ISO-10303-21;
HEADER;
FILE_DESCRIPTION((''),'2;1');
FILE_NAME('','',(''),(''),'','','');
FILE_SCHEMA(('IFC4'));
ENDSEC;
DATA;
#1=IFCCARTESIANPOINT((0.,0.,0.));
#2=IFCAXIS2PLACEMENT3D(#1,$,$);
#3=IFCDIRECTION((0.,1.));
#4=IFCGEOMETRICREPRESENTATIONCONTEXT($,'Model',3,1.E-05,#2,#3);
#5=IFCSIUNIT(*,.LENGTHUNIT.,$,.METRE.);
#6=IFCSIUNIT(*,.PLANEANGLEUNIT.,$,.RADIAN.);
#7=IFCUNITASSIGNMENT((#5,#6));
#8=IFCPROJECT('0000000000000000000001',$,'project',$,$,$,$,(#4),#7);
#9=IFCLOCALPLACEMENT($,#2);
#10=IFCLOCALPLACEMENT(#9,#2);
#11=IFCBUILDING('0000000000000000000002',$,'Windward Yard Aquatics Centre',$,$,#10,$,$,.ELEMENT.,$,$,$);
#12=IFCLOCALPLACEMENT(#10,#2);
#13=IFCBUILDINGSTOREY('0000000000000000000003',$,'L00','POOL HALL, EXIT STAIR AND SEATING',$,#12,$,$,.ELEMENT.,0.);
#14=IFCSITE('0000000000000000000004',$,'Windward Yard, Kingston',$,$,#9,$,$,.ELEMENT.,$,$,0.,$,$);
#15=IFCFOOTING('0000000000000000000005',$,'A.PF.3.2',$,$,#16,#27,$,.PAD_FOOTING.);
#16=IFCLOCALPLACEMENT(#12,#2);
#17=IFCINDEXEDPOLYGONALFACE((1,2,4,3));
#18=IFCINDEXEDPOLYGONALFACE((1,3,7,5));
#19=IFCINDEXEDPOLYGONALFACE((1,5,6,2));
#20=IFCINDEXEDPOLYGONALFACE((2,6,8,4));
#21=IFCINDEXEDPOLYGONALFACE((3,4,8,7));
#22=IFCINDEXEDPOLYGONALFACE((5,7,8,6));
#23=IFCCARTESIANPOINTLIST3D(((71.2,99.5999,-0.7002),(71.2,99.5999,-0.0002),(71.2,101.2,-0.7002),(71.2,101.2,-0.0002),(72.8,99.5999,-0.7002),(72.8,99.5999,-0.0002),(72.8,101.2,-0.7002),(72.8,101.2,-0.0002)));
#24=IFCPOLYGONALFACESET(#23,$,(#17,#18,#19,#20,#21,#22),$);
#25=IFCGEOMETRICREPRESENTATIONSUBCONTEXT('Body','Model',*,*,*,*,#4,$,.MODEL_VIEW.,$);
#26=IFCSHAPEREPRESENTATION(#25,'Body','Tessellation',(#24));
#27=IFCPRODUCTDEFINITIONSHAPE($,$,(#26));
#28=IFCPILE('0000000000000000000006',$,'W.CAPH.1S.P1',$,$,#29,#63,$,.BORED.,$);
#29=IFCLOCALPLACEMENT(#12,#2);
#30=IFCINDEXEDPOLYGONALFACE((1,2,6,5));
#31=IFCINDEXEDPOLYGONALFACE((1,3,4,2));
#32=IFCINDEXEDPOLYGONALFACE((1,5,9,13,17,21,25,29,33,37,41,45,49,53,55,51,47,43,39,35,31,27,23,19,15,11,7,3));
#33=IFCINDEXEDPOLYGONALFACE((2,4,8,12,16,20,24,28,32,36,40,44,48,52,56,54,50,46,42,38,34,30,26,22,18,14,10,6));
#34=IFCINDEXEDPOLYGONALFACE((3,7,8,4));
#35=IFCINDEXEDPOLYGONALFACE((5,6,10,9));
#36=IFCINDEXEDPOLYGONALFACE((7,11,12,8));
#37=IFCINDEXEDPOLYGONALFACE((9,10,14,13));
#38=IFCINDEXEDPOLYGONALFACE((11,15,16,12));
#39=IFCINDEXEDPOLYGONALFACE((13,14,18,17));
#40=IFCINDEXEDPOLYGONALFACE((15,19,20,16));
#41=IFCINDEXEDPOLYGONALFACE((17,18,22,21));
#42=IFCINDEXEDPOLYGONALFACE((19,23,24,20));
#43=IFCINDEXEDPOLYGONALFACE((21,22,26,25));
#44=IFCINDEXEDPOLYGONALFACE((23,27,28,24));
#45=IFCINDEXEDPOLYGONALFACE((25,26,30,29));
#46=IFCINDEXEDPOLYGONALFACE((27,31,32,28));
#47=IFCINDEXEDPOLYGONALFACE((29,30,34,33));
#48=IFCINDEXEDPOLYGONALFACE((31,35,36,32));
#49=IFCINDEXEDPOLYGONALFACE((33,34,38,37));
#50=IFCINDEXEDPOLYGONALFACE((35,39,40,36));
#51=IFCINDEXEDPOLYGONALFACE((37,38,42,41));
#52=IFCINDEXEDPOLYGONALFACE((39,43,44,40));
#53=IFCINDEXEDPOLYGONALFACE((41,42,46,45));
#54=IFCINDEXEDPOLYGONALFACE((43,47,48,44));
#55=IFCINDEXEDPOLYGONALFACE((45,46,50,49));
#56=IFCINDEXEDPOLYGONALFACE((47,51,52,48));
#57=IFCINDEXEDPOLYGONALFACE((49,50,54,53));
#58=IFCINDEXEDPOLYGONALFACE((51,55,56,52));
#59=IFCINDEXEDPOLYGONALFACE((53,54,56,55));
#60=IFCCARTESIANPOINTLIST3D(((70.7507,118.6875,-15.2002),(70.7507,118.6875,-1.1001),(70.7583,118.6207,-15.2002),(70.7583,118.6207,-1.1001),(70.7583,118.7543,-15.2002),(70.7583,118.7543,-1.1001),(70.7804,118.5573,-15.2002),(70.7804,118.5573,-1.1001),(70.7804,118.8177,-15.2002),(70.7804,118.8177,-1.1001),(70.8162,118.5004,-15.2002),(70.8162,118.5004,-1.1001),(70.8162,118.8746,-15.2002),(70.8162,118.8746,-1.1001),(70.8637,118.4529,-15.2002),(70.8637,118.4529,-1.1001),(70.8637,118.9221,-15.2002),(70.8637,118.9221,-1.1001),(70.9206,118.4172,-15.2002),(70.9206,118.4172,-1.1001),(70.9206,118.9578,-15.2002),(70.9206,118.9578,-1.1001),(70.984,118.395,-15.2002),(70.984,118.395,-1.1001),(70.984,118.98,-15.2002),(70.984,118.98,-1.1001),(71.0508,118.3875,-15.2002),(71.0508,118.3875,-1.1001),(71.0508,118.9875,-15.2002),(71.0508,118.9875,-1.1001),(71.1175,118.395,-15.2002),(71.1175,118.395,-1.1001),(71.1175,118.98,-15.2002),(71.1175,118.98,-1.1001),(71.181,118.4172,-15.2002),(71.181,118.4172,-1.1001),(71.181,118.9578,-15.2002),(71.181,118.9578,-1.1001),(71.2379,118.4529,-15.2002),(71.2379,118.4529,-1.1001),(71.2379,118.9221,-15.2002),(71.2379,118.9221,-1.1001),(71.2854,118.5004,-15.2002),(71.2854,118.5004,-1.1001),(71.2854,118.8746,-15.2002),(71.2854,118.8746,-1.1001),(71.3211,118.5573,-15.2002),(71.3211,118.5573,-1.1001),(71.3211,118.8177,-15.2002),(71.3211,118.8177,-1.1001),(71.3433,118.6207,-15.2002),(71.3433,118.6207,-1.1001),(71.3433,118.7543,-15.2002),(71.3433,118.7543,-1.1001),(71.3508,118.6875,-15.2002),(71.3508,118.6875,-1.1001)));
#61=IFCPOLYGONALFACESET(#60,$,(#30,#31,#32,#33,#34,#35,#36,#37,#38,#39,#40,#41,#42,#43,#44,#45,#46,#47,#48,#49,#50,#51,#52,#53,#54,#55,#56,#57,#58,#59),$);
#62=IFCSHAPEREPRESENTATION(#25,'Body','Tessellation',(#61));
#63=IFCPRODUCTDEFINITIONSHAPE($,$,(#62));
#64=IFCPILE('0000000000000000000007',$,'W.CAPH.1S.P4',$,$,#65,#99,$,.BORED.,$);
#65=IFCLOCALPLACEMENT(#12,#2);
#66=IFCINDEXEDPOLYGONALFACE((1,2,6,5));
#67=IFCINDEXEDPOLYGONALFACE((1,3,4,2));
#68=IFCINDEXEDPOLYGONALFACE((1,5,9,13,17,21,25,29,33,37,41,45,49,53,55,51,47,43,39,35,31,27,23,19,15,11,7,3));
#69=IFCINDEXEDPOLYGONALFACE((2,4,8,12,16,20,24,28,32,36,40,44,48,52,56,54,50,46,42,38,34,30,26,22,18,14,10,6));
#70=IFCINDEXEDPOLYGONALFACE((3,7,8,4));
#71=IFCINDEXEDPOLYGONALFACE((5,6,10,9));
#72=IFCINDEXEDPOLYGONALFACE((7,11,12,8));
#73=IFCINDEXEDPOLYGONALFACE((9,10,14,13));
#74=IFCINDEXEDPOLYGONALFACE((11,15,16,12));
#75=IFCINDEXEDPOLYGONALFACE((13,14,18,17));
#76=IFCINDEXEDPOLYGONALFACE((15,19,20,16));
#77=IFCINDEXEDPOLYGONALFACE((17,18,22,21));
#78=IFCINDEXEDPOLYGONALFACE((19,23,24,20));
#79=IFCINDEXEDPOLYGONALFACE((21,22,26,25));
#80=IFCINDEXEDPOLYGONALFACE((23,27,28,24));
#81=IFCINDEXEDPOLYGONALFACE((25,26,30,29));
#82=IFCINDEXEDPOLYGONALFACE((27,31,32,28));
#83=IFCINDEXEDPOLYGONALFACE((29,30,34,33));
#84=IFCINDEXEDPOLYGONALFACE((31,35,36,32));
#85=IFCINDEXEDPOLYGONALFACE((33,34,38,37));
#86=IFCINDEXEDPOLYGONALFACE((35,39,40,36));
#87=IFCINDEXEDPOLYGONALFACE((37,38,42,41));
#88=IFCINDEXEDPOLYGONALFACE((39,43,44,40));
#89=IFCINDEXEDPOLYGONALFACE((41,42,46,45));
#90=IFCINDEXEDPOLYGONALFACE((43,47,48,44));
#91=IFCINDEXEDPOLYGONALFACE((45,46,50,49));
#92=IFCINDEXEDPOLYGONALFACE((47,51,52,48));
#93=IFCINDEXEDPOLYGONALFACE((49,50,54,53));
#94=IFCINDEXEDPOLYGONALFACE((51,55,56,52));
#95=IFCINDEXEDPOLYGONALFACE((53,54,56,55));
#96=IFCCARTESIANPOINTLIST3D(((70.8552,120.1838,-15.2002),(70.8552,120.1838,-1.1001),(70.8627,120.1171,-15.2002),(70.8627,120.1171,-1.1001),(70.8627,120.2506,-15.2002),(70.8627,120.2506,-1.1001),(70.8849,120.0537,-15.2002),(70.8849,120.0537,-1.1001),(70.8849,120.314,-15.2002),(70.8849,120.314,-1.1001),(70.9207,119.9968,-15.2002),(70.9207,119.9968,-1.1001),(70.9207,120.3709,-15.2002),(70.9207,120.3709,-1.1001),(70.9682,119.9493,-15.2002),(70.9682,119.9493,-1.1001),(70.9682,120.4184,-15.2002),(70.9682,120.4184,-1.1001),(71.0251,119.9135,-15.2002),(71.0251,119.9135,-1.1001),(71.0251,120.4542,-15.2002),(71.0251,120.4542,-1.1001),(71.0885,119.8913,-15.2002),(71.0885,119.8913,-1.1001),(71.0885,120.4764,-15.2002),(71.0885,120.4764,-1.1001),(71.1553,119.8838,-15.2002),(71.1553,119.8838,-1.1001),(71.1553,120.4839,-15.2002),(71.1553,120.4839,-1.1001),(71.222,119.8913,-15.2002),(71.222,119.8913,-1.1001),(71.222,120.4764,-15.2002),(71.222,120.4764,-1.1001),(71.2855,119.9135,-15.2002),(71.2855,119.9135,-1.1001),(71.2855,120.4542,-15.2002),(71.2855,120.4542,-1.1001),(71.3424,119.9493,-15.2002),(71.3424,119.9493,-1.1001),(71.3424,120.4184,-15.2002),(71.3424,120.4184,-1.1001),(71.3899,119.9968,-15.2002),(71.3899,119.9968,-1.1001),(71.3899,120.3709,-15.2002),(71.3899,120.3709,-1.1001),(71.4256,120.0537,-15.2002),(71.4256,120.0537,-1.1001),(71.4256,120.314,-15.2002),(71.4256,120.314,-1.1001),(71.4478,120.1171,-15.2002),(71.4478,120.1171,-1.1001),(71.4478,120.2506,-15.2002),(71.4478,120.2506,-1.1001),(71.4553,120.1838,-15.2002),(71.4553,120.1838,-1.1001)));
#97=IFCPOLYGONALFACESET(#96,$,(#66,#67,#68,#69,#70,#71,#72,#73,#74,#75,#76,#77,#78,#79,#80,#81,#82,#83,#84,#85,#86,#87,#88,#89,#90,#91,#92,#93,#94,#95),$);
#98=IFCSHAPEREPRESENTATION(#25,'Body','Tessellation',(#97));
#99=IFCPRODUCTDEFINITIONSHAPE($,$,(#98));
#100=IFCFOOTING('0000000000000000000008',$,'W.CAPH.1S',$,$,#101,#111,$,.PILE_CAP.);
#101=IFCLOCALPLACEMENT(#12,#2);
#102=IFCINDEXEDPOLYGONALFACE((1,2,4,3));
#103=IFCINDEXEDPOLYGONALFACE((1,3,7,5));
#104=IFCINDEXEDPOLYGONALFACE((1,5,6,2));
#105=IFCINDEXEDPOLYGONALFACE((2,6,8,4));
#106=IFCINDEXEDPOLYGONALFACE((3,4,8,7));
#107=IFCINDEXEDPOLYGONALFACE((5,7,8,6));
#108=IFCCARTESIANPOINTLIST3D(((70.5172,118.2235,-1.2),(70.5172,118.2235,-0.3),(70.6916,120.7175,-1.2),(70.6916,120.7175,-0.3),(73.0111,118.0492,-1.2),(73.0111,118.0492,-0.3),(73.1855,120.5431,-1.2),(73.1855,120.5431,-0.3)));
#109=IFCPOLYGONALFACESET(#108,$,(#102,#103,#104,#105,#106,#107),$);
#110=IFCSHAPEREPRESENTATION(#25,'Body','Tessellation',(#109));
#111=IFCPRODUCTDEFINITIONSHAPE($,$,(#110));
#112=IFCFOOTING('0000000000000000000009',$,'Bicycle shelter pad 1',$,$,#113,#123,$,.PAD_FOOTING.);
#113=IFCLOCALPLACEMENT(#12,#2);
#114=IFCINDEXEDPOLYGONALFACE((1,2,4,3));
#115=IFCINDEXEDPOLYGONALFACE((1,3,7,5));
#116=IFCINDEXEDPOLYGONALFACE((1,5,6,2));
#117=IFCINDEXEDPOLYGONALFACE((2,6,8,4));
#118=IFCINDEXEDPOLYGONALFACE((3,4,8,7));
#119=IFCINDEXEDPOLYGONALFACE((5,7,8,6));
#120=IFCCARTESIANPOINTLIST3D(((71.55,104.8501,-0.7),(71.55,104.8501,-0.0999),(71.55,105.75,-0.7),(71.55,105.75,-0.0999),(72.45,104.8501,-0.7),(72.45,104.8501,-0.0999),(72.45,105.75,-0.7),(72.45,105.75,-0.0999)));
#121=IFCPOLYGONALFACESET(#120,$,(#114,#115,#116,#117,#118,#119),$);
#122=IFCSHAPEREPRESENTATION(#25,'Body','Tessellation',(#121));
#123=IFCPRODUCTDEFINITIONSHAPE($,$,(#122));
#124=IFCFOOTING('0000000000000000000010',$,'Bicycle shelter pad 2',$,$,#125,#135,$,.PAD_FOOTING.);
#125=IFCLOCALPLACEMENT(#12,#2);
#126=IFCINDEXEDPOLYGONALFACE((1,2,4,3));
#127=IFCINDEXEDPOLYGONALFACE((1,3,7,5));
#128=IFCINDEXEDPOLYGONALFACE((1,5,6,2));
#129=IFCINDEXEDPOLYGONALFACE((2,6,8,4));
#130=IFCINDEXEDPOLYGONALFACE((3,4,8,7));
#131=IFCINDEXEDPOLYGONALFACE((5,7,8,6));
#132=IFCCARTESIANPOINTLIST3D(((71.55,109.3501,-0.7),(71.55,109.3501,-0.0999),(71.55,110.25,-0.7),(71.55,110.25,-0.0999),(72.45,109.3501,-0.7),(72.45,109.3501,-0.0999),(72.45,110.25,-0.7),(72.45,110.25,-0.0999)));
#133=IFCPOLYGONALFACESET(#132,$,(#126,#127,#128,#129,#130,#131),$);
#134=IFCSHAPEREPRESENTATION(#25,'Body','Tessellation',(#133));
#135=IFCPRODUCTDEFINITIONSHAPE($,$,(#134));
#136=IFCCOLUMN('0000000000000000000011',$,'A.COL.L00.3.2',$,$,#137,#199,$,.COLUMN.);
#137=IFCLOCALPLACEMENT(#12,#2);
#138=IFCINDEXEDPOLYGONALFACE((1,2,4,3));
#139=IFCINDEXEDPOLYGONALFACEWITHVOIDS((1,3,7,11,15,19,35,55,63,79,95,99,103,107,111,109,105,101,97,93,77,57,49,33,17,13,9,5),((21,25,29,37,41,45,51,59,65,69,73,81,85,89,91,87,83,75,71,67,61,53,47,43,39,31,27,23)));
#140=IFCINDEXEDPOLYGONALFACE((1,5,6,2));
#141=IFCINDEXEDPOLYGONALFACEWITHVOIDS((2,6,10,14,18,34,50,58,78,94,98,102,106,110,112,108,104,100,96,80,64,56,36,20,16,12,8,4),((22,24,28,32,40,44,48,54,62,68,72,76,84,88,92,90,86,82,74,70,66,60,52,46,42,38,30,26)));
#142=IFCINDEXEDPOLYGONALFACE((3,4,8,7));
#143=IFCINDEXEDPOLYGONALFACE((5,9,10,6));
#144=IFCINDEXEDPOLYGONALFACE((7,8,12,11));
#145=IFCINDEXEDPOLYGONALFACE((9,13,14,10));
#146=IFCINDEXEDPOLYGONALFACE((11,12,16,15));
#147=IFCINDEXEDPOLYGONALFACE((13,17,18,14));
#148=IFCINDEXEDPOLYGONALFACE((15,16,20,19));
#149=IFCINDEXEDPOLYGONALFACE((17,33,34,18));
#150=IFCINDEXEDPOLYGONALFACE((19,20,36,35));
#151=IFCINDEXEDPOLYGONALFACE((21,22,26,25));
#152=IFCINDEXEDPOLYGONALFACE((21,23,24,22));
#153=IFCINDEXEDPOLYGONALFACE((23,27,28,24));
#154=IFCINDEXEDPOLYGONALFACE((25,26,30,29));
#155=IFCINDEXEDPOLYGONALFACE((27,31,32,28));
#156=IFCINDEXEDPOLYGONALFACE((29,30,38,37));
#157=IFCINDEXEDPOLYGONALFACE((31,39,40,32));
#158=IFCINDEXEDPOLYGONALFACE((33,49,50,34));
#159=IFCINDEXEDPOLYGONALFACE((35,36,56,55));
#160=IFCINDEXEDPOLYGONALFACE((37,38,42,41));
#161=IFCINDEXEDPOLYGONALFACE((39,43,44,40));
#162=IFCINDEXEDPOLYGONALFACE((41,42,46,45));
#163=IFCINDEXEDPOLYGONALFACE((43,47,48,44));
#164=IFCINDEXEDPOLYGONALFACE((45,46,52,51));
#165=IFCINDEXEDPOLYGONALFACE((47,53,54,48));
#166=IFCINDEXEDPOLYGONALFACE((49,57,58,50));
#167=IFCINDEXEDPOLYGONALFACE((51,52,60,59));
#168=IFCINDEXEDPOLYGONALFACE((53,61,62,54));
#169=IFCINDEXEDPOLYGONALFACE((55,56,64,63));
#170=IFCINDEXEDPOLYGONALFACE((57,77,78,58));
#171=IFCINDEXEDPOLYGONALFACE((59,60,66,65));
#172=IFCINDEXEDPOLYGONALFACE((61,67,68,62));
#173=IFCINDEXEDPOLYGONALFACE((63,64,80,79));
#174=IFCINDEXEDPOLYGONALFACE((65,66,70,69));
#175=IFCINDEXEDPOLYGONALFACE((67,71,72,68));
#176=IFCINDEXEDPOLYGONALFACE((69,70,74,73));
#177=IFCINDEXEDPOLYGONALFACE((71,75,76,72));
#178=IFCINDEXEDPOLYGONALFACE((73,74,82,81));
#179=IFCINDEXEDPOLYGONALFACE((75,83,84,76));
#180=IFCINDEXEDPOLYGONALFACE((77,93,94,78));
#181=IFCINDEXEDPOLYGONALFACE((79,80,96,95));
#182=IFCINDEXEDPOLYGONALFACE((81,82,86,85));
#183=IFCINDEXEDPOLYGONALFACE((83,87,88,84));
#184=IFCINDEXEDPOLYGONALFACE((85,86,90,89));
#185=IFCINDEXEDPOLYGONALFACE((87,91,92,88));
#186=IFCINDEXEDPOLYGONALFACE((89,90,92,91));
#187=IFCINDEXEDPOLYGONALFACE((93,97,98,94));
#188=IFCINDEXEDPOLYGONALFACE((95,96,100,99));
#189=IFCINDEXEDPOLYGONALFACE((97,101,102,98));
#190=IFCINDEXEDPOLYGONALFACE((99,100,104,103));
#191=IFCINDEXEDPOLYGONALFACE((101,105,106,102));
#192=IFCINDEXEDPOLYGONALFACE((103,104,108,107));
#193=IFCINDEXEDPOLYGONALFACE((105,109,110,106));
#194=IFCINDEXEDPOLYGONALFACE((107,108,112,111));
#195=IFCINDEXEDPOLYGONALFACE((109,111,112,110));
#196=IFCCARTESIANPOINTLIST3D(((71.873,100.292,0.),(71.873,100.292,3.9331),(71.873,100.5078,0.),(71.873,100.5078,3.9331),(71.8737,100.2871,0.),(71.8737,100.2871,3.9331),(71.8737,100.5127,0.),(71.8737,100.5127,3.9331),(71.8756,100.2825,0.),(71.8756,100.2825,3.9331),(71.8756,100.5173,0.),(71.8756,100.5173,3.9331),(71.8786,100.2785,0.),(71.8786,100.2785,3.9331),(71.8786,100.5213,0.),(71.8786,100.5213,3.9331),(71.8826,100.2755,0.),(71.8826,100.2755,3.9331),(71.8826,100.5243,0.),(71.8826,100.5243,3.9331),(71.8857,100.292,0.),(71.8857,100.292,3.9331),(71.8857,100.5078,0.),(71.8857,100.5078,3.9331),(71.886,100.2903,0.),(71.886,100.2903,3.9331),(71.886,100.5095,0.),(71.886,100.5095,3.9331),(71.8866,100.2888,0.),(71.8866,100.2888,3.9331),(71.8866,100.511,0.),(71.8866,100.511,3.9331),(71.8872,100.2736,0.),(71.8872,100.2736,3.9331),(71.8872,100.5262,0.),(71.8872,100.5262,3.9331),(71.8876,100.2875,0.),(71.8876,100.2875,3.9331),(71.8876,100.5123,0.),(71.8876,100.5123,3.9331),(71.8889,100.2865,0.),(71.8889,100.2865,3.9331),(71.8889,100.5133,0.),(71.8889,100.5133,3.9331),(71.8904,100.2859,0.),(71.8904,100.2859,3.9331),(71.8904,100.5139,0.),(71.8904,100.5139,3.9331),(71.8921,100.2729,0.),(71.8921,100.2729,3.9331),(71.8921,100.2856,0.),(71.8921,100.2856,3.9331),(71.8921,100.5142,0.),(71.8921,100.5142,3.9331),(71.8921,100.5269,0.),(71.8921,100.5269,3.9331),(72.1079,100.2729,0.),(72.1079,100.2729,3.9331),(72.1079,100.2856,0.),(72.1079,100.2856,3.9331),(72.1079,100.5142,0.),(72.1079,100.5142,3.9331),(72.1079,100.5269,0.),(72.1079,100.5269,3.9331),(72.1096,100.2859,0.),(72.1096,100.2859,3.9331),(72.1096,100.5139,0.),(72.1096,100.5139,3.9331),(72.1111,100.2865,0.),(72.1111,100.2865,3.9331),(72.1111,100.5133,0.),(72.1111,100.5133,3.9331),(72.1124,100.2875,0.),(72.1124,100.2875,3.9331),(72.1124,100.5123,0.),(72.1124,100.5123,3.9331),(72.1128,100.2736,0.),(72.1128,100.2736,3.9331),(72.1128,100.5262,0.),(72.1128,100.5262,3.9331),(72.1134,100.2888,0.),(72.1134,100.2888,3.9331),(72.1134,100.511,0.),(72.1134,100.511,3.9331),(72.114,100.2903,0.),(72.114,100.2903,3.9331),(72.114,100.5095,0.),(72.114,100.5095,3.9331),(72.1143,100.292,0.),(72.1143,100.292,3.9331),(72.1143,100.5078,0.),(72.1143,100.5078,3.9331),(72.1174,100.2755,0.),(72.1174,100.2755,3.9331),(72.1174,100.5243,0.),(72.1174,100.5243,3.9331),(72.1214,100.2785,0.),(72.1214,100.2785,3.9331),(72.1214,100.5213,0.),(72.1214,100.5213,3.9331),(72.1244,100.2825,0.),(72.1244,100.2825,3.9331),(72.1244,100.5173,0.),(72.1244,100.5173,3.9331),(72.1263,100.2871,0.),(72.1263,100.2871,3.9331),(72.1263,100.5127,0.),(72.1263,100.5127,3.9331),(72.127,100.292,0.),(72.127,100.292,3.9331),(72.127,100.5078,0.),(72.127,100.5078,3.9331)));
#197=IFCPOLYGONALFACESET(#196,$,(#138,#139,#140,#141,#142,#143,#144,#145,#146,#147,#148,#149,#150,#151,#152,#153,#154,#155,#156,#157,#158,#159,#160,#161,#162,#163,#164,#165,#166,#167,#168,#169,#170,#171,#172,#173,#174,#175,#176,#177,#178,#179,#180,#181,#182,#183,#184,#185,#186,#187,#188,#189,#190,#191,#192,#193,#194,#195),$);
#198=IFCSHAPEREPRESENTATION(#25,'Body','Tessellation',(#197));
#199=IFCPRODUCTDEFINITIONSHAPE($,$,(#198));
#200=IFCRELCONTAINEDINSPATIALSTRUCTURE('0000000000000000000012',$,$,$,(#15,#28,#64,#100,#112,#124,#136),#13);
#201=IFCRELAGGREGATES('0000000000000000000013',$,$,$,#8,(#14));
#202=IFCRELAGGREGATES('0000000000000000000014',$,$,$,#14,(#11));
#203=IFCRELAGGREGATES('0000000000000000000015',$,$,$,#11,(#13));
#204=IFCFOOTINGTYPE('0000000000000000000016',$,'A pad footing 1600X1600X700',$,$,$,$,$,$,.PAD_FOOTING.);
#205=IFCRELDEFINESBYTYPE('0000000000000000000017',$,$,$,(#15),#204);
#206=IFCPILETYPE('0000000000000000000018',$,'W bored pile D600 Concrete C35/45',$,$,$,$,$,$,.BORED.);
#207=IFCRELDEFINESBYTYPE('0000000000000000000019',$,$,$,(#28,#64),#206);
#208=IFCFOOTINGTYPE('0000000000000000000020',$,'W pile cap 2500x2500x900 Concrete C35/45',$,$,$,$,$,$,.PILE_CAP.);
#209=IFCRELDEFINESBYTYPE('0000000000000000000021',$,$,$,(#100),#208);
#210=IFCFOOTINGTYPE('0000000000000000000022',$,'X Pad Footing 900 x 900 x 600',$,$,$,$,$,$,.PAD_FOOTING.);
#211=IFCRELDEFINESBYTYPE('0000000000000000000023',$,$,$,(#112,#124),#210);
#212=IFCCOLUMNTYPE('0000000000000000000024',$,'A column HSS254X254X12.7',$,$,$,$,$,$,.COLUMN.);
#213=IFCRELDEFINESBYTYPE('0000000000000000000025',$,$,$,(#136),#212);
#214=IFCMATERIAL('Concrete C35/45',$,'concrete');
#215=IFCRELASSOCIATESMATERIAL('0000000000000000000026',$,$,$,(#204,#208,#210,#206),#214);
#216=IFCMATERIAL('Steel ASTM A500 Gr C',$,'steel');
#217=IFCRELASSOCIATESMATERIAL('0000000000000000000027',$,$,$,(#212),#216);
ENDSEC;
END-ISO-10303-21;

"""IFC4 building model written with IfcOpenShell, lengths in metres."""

from ifc_helpers import new_model, si_unit, direction, frame, origin, origin_2d, place, context, subcontext, project, spatial, rectangle, hollow_rectangle, circle, extrude, material, material_profile, profile_set, type_object, element, save


model = new_model("IFC4")

# Units and contexts
model_context = context("Model", 3, precision=1e-05, world=origin(), true_north=direction((0.0, 1.0)))
body_context = subcontext(model_context, "Body", "Model", "MODEL_VIEW")
ifc_project = project(units=[si_unit("LENGTHUNIT", "METRE"), si_unit("PLANEANGLEUNIT", "RADIAN")], contexts=[model_context])

# Site, building, storey
site_placement = place(None, origin())
site = spatial("IfcSite", under=ifc_project, at=site_placement, Name="Windward Yard, Kingston", CompositionType="ELEMENT", RefElevation=0.0)
building_placement = place(site_placement, origin())
building = spatial("IfcBuilding", under=site, at=building_placement, Name="Windward Yard Aquatics Centre", CompositionType="ELEMENT")
storey_placement = place(building_placement, origin())
storey = spatial("IfcBuildingStorey", under=building, at=storey_placement, Name="L00", Description="POOL HALL, EXIT STAIR AND SEATING", CompositionType="ELEMENT", Elevation=0.0)

# Footing
ifc_material_1 = material(Name="Concrete C35/45", Category="concrete")
footing_type_1 = type_object("IfcFootingType", Name="A pad footing 1600X1600X700", PredefinedType="PAD_FOOTING", material=ifc_material_1)
footing_1_placement = place(storey_placement, frame((72.0, 100.3999, -0.7002), z_axis=(0.0, 0.0, 1.0), x_axis=(1.0, 0.0, 0.0)))
element("IfcFooting", 1, at=footing_1_placement, inside=storey, type_object=footing_type_1, Name="A.PF.3.2", PredefinedType="PAD_FOOTING", context=body_context, shape_type="SweptSolid", body=[
    extrude(rectangle(XDim=1.6001, YDim=1.6001, at=origin_2d()), origin(), (0.0, 0.0, 1.0), 0.7),
])

# Piles
ifc_material_profile_1 = material_profile(ifc_material_1, circle(Radius=0.3, at=origin_2d()), Name="D600")
ifc_profile_set_1 = profile_set([ifc_material_profile_1], Name="Concrete C35/45")
pile_type = type_object("IfcPileType", Name="W bored pile D600 Concrete C35/45", PredefinedType="BORED", material=ifc_profile_set_1)
for number, where, z_axis, x_axis, name in (
    (2, (71.0508, 118.6875, -1.1001), (0.0, 0.0, -1.0), (1.0, 0.0, 0.0), "W.CAPH.1S.P1"),
    (3, (71.1553, 120.1838, -1.1001), (0.0, 0.0, -1.0), (1.0, 0.0, 0.0), "W.CAPH.1S.P4"),
):
    element("IfcPile", number, at=place(storey_placement, frame(where, z_axis=z_axis, x_axis=x_axis)), inside=storey, type_object=pile_type, Name=name, PredefinedType="BORED", context=body_context, shape_type="SweptSolid", body=[
        extrude(circle(Radius=0.3, at=origin_2d()), origin(), (0.0, 0.0, 1.0), 14.1001),
    ])

# Footings
footing_type_2 = type_object("IfcFootingType", Name="W pile cap 2500x2500x900 Concrete C35/45", PredefinedType="PILE_CAP", material=ifc_material_1)
footing_2_placement = place(storey_placement, frame((71.8513, 119.3833, -1.2), z_axis=(0.0, 0.0, 1.0), x_axis=(0.997564, -0.069756, 0.0)))
element("IfcFooting", 4, at=footing_2_placement, inside=storey, type_object=footing_type_2, Name="W.CAPH.1S", PredefinedType="PILE_CAP", context=body_context, shape_type="SweptSolid", body=[
    extrude(rectangle(XDim=2.5, YDim=2.5, at=origin_2d()), origin(), (0.0, 0.0, 1.0), 0.8999),
])
footing_type_3 = type_object("IfcFootingType", Name="X Pad Footing 900 x 900 x 600", PredefinedType="PAD_FOOTING", material=ifc_material_1)
for number, where, z_axis, x_axis, name in (
    (5, (72.0, 105.3, -0.7), (0.0, 0.0, 1.0), (1.0, 0.0, 0.0), "Bicycle shelter pad 1"),
    (6, (72.0, 109.8, -0.7), (0.0, 0.0, 1.0), (1.0, 0.0, 0.0), "Bicycle shelter pad 2"),
):
    element("IfcFooting", number, at=place(storey_placement, frame(where, z_axis=z_axis, x_axis=x_axis)), inside=storey, type_object=footing_type_3, Name=name, PredefinedType="PAD_FOOTING", context=body_context, shape_type="SweptSolid", body=[
        extrude(rectangle(XDim=0.8999, YDim=0.8999, at=origin_2d()), origin(), (0.0, 0.0, 1.0), 0.6001),
    ])

# Column
ifc_material_2 = material(Name="Steel ASTM A500 Gr C", Category="steel")
ifc_material_profile_2 = material_profile(ifc_material_2, hollow_rectangle(XDim=0.2539, YDim=0.2539, WallThickness=0.0127, InnerFilletRadius=0.0063, OuterFilletRadius=0.019, at=origin_2d()), Name="HSS254X254X12.7")
ifc_profile_set_2 = profile_set([ifc_material_profile_2], Name="Steel ASTM A500 Gr C")
column_type_1 = type_object("IfcColumnType", Name="A column HSS254X254X12.7", PredefinedType="COLUMN", material=ifc_profile_set_2)
column_1_placement = place(storey_placement, frame((72.0, 100.3999, 0.0), z_axis=(0.0, 0.0, 1.0), x_axis=(1.0, 0.0, 0.0)))
element("IfcColumn", 7, at=column_1_placement, inside=storey, type_object=column_type_1, Name="A.COL.L00.3.2", PredefinedType="COLUMN", context=body_context, shape_type="SweptSolid", body=[
    extrude(hollow_rectangle(XDim=0.2539, YDim=0.2539, WallThickness=0.0127, InnerFilletRadius=0.0063, OuterFilletRadius=0.019, at=origin_2d()), origin(), (0.0, 0.0, 1.0), 3.9331),
])

save(model, "model.ifc")
